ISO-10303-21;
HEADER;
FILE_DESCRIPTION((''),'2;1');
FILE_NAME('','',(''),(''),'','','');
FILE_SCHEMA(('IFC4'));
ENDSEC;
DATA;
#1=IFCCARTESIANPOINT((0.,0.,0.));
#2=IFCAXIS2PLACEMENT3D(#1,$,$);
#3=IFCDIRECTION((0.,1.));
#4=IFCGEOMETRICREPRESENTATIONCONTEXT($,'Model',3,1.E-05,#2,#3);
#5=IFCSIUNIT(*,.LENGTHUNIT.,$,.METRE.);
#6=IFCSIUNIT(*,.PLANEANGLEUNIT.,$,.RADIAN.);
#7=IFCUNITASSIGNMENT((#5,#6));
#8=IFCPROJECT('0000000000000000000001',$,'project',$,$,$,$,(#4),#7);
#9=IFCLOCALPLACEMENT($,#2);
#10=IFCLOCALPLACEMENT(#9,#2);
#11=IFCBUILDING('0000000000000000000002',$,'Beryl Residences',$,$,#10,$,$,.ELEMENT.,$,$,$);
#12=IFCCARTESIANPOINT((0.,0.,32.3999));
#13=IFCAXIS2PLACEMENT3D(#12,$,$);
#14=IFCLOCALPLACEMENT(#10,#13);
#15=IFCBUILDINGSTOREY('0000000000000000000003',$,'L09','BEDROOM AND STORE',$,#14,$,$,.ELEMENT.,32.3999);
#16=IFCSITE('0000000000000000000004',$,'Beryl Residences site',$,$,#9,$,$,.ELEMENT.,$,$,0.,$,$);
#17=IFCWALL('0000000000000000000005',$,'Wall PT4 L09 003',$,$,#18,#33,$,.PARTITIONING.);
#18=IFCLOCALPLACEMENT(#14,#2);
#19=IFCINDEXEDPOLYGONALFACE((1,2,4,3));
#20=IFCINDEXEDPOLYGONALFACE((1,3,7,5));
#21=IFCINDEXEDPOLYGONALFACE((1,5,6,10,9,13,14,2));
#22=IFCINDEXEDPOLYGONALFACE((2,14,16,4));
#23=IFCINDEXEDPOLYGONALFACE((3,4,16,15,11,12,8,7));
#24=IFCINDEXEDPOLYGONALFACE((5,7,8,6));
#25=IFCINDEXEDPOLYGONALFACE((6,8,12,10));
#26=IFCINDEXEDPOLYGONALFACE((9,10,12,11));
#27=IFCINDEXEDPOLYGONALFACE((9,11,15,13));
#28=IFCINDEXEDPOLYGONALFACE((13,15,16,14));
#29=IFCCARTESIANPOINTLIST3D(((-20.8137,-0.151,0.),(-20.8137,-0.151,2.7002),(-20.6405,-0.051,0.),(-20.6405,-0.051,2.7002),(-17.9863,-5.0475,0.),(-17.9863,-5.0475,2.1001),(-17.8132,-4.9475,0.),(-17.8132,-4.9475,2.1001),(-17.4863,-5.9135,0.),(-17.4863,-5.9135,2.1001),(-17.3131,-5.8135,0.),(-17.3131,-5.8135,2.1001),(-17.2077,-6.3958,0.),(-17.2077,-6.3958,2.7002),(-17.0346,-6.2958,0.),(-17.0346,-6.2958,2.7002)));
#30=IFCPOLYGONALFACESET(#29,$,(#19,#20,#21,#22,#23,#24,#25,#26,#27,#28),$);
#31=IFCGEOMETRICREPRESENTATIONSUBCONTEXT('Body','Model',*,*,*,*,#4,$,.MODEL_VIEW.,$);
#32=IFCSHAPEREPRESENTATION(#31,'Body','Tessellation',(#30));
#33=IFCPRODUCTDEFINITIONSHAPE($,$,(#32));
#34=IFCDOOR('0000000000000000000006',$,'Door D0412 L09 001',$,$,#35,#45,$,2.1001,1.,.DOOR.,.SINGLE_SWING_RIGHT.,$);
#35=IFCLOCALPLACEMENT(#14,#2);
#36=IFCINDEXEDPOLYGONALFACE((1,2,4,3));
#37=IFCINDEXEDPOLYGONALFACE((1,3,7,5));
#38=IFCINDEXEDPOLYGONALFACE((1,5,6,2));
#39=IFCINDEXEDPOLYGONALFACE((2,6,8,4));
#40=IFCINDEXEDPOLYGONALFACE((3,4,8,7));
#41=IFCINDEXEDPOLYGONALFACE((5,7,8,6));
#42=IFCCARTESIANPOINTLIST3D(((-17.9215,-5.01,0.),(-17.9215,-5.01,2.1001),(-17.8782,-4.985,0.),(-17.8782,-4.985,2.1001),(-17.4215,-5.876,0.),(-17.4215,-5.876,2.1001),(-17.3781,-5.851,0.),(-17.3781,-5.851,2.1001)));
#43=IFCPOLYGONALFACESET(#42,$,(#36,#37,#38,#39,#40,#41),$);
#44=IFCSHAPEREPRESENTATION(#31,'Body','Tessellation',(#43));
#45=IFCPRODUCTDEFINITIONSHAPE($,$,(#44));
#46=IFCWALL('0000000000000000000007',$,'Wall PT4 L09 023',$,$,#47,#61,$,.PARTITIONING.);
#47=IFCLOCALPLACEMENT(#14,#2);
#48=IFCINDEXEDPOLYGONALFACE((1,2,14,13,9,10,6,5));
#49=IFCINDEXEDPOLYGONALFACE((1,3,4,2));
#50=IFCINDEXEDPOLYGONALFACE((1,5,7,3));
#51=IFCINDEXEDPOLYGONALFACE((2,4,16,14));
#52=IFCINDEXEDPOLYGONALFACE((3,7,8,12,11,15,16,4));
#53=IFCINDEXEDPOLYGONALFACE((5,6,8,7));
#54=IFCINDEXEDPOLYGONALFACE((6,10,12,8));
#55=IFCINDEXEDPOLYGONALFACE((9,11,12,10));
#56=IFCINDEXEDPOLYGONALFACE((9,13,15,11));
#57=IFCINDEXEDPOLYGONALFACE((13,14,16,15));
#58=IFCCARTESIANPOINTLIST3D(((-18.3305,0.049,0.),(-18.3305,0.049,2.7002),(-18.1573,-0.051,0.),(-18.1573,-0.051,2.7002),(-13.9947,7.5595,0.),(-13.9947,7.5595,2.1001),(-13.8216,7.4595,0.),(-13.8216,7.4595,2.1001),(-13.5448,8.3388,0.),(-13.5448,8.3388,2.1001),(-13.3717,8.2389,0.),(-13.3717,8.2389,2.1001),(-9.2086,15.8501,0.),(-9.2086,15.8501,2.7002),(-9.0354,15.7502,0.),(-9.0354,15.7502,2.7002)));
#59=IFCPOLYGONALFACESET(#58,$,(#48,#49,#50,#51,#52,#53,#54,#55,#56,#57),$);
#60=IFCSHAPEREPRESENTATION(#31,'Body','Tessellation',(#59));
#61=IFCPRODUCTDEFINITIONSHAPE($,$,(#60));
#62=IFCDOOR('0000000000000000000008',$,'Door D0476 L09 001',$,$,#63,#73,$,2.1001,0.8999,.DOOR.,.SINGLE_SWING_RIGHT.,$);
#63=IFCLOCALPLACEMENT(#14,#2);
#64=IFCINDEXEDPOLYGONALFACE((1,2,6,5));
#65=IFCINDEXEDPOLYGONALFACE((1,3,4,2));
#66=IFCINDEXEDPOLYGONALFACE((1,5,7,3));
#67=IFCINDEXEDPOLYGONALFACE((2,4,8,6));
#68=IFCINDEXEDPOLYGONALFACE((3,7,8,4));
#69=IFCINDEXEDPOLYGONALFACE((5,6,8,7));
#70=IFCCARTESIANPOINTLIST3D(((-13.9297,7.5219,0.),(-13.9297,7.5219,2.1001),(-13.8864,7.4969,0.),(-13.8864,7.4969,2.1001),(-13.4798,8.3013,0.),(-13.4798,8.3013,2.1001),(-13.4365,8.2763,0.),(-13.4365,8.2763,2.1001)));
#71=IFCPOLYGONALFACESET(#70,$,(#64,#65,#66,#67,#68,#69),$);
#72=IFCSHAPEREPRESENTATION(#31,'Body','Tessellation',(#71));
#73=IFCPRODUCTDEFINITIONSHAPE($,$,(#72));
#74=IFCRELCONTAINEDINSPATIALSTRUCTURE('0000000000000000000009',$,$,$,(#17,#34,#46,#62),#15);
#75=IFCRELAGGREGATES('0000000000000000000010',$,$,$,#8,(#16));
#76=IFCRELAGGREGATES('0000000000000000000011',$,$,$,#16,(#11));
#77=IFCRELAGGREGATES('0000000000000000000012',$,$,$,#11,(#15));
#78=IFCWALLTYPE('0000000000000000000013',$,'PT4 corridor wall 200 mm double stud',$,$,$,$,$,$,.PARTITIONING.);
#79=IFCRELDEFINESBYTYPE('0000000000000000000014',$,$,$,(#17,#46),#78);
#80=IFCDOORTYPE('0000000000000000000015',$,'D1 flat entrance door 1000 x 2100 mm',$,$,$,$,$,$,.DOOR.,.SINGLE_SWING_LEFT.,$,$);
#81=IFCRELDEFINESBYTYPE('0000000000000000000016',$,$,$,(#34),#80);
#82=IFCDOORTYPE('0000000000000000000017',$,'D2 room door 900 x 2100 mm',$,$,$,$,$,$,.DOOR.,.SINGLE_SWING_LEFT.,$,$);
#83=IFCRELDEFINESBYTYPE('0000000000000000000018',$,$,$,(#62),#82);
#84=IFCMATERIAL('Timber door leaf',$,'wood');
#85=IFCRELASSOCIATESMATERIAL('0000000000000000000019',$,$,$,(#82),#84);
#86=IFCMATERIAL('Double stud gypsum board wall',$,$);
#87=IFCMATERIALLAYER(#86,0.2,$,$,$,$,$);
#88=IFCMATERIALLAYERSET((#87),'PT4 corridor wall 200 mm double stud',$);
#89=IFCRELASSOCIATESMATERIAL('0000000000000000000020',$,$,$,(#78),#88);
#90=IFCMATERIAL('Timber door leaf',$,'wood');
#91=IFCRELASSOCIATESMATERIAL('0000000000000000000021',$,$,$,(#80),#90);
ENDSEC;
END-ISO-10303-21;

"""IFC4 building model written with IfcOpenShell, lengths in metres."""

from ifc_helpers import new_model, si_unit, direction, frame, frame_2d, origin, place, context, subcontext, project, spatial, rectangle, extrude, material, layer, layer_set, type_object, element, fill, save


model = new_model("IFC4")

# Units and contexts
model_context = context("Model", 3, precision=1e-05, world=origin(), true_north=direction((0.0, 1.0)))
body_context = subcontext(model_context, "Body", "Model", "MODEL_VIEW")
ifc_project = project(units=[si_unit("LENGTHUNIT", "METRE"), si_unit("PLANEANGLEUNIT", "RADIAN")], contexts=[model_context])

# Site, building, storey
site_placement = place(None, origin())
site = spatial("IfcSite", under=ifc_project, at=site_placement, Name="Beryl Residences site", CompositionType="ELEMENT", RefElevation=0.0)
building_placement = place(site_placement, origin())
building = spatial("IfcBuilding", under=site, at=building_placement, Name="Beryl Residences", CompositionType="ELEMENT")
storey_placement = place(building_placement, frame((0.0, 0.0, 32.3999)))
storey = spatial("IfcBuildingStorey", under=building, at=storey_placement, Name="L09", Description="BEDROOM AND STORE", CompositionType="ELEMENT", Elevation=32.3999)

# Shared definitions
ifc_material_1 = material(Name="Timber door leaf", Category="wood")
door_type_1 = type_object("IfcDoorType", Name="D2 room door 900 x 2100 mm", OperationType="SINGLE_SWING_LEFT", PredefinedType="DOOR", material=ifc_material_1)

# Shared definitions
ifc_material_2 = material(Name="Double stud gypsum board wall")
ifc_layer_1 = layer(ifc_material_2, 0.2)
ifc_layer_set_1 = layer_set([ifc_layer_1], Name="PT4 corridor wall 200 mm double stud")
wall_type_1 = type_object("IfcWallType", Name="PT4 corridor wall 200 mm double stud", PredefinedType="PARTITIONING", material=ifc_layer_set_1)

# Walls, openings, doors
wall_1_placement = place(storey_placement, frame((-20.7271, -0.1011, 0.0), z_axis=(0.0, 0.0, 1.0), x_axis=(0.50005, -0.865997, 0.0)))
wall_1 = element("IfcWall", 1, at=wall_1_placement, inside=storey, type_object=wall_type_1, Name="Wall PT4 L09 003", PredefinedType="PARTITIONING", context=body_context, shape_type="SweptSolid", body=[
    extrude(rectangle(XDim=7.2112, YDim=0.2, at=frame_2d((3.6055, 0.0))), origin(), (0.0, 0.0, 1.0), 2.7002),
])
opening_1_placement = place(wall_1_placement, frame((5.6541, 0.0, 0.0)))
opening_1 = element("IfcOpeningElement", 2, at=opening_1_placement, cuts=wall_1, PredefinedType="OPENING", context=body_context, shape_type="SweptSolid", body=[
    extrude(rectangle(XDim=1.0, YDim=2.1001, at=frame_2d((0.5, 1.05))), frame((0.0, 0.1099, 0.0), z_axis=(0.0, -1.0, 0.0), x_axis=(1.0, 0.0, 0.0)), (0.0, 0.0, 1.0), 0.22),
])
ifc_material_3 = material(Name="Timber door leaf", Category="wood")
door_type_2 = type_object("IfcDoorType", Name="D1 flat entrance door 1000 x 2100 mm", OperationType="SINGLE_SWING_LEFT", PredefinedType="DOOR", material=ifc_material_3)
door_1_placement = place(opening_1_placement, origin())
door_1 = element("IfcDoor", 3, at=door_1_placement, inside=storey, type_object=door_type_2, Name="Door D0412 L09 001", OperationType="SINGLE_SWING_RIGHT", OverallHeight=2.1001, OverallWidth=1.0, PredefinedType="DOOR", context=body_context, shape_type="SweptSolid", body=[
    extrude(rectangle(XDim=1.0, YDim=2.1001, at=frame_2d((0.5, 1.05))), frame((0.0, 0.0249, 0.0), z_axis=(0.0, -1.0, 0.0), x_axis=(1.0, 0.0, 0.0)), (0.0, 0.0, 1.0), 0.05),
])
fill(opening_1, door_1)
wall_2_placement = place(storey_placement, frame((-18.2439, -0.001, 0.0), z_axis=(0.0, 0.0, 1.0), x_axis=(0.499963, 0.866047, 0.0)))
wall_2 = element("IfcWall", 4, at=wall_2_placement, inside=storey, type_object=wall_type_1, Name="Wall PT4 L09 023", PredefinedType="PARTITIONING", context=body_context, shape_type="SweptSolid", body=[
    extrude(rectangle(XDim=18.2451, YDim=0.2, at=frame_2d((9.1226, 0.0))), origin(), (0.0, 0.0, 1.0), 2.7002),
])
opening_2_placement = place(wall_2_placement, frame((8.6721, 0.0, 0.0)))
opening_2 = element("IfcOpeningElement", 5, at=opening_2_placement, cuts=wall_2, PredefinedType="OPENING", context=body_context, shape_type="SweptSolid", body=[
    extrude(rectangle(XDim=0.8999, YDim=2.1001, at=frame_2d((0.45, 1.05))), frame((0.0, 0.1099, 0.0), z_axis=(0.0, -1.0, 0.0), x_axis=(1.0, 0.0, 0.0)), (0.0, 0.0, 1.0), 0.22),
])
door_2_placement = place(opening_2_placement, origin())
door_2 = element("IfcDoor", 6, at=door_2_placement, inside=storey, type_object=door_type_1, Name="Door D0476 L09 001", OperationType="SINGLE_SWING_RIGHT", OverallHeight=2.1001, OverallWidth=0.8999, PredefinedType="DOOR", context=body_context, shape_type="SweptSolid", body=[
    extrude(rectangle(XDim=0.8999, YDim=2.1001, at=frame_2d((0.45, 1.05))), frame((0.0, 0.0249, 0.0), z_axis=(0.0, -1.0, 0.0), x_axis=(1.0, 0.0, 0.0)), (0.0, 0.0, 1.0), 0.05),
])
fill(opening_2, door_2)

save(model, "model.ifc")
